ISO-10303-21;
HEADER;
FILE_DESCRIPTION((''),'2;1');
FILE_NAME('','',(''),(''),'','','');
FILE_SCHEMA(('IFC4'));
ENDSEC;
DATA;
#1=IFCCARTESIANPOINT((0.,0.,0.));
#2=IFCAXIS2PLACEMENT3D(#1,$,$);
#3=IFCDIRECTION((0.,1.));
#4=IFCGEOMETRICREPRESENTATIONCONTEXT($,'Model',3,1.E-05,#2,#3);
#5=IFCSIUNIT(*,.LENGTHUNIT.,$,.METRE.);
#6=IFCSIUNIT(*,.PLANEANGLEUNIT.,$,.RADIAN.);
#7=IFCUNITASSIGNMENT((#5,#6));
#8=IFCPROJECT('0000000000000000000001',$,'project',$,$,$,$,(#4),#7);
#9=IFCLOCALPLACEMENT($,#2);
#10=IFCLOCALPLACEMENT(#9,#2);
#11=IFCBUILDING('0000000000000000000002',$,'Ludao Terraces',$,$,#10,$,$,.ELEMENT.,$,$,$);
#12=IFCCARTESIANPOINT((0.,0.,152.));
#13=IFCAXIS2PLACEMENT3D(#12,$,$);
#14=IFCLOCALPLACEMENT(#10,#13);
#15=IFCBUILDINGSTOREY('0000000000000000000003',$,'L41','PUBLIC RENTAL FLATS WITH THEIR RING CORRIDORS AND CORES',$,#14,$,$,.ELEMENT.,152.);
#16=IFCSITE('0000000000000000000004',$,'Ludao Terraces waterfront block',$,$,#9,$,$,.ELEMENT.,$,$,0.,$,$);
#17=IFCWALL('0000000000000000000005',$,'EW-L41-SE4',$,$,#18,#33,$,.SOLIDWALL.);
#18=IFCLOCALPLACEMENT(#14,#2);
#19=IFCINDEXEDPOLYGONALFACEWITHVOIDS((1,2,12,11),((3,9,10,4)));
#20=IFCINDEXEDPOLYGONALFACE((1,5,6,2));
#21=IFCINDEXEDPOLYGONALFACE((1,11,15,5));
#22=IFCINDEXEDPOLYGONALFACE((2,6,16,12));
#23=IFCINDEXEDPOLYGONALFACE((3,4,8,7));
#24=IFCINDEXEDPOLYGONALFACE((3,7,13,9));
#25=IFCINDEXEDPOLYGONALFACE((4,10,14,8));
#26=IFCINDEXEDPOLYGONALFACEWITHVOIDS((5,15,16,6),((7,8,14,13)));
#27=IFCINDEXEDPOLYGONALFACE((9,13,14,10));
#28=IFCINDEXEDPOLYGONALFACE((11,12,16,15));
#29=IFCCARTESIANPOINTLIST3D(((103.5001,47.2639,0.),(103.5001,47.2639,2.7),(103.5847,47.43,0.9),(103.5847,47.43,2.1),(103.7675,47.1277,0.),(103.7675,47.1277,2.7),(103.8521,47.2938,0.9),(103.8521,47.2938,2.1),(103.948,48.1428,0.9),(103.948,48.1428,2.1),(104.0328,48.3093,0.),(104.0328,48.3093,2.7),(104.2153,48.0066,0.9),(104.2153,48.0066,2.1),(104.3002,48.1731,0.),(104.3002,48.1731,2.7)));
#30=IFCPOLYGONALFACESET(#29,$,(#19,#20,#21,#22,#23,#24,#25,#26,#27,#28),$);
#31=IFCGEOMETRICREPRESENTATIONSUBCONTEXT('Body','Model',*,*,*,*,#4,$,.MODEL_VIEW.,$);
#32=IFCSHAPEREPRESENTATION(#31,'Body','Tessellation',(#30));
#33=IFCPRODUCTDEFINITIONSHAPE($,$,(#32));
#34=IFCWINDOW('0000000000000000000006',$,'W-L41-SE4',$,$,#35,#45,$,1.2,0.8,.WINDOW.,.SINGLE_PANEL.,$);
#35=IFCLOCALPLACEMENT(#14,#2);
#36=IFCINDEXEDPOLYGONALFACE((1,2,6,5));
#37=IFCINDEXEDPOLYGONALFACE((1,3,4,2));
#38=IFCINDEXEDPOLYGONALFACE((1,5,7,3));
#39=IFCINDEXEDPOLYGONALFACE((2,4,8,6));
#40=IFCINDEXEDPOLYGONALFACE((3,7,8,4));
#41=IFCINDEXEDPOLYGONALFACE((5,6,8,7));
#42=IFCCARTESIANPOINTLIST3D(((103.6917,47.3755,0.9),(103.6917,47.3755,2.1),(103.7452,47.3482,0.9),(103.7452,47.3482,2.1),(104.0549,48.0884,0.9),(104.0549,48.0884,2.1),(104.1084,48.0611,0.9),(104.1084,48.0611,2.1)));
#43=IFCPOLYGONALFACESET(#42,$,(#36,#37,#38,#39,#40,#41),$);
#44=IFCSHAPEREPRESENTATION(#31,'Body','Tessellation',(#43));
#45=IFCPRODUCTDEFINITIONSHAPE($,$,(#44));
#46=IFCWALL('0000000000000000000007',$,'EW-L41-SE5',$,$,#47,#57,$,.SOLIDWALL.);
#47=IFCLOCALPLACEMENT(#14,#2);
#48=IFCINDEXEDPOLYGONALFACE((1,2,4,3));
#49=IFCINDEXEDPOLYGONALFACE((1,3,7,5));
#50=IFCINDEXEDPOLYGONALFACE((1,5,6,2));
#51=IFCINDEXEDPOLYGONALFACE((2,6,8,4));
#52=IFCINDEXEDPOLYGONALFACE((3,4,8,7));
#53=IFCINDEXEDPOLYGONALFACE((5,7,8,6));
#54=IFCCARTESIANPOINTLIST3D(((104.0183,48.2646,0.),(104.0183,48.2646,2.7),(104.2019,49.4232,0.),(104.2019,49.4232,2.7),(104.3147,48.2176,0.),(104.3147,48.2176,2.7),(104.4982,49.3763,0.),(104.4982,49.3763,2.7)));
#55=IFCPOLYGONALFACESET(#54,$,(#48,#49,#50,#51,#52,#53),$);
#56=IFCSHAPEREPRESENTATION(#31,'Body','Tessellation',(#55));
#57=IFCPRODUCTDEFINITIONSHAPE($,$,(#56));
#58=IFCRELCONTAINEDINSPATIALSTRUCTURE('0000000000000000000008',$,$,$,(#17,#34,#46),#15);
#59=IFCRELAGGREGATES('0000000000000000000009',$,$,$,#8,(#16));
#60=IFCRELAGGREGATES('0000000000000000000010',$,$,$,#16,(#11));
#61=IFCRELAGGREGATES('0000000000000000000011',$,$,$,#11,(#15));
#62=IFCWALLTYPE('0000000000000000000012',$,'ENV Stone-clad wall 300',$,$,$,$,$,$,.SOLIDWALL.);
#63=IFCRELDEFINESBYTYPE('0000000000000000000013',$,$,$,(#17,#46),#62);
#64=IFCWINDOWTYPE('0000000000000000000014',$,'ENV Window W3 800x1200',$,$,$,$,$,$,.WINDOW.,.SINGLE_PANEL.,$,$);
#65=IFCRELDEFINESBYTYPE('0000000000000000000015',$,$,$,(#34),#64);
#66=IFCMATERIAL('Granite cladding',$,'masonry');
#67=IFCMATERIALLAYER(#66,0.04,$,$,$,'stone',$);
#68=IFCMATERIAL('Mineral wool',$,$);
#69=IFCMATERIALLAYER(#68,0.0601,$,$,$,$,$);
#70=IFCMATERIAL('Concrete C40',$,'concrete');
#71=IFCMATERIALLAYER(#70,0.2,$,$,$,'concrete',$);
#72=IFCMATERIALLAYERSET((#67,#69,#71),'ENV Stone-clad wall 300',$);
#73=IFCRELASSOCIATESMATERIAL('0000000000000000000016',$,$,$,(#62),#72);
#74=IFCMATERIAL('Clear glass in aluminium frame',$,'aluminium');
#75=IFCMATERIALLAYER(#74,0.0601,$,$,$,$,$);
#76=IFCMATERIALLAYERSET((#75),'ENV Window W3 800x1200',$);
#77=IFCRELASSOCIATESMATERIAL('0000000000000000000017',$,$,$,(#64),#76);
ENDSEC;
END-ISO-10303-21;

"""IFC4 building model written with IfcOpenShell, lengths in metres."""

from ifc_helpers import new_model, si_unit, direction, frame, frame_2d, origin, place, context, subcontext, project, spatial, rectangle, extrude, material, layer, layer_set, type_object, element, fill, save


model = new_model("IFC4")

# Units and contexts
model_context = context("Model", 3, precision=1e-05, world=origin(), true_north=direction((0.0, 1.0)))
body_context = subcontext(model_context, "Body", "Model", "MODEL_VIEW")
ifc_project = project(units=[si_unit("LENGTHUNIT", "METRE"), si_unit("PLANEANGLEUNIT", "RADIAN")], contexts=[model_context])

# Site, building, storey
site_placement = place(None, origin())
site = spatial("IfcSite", under=ifc_project, at=site_placement, Name="Ludao Terraces waterfront block", CompositionType="ELEMENT", RefElevation=0.0)
building_placement = place(site_placement, origin())
building = spatial("IfcBuilding", under=site, at=building_placement, Name="Ludao Terraces", CompositionType="ELEMENT")
storey_placement = place(building_placement, frame((0.0, 0.0, 152.0)))
storey = spatial("IfcBuildingStorey", under=building, at=storey_placement, Name="L41", Description="PUBLIC RENTAL FLATS WITH THEIR RING CORRIDORS AND CORES", CompositionType="ELEMENT", Elevation=152.0)

# Shared definitions
ifc_material_1 = material(Name="Concrete C40", Category="concrete")

# Wall, opening, window
ifc_material_2 = material(Name="Granite cladding", Category="masonry")
ifc_layer_1 = layer(ifc_material_2, 0.04, Category="stone")
ifc_material_3 = material(Name="Mineral wool")
ifc_layer_2 = layer(ifc_material_3, 0.0601)
ifc_layer_3 = layer(ifc_material_1, 0.2, Category="concrete")
ifc_layer_set_1 = layer_set([ifc_layer_1, ifc_layer_2, ifc_layer_3], Name="ENV Stone-clad wall 300")
wall_type = type_object("IfcWallType", Name="ENV Stone-clad wall 300", PredefinedType="SOLIDWALL", material=ifc_layer_set_1)
ifc_material_4 = material(Name="Clear glass in aluminium frame", Category="aluminium")
ifc_layer_4 = layer(ifc_material_4, 0.0601)
ifc_layer_set_2 = layer_set([ifc_layer_4], Name="ENV Window W3 800x1200")
window_type_1 = type_object("IfcWindowType", Name="ENV Window W3 800x1200", PartitioningType="SINGLE_PANEL", PredefinedType="WINDOW", material=ifc_layer_set_2)
wall_1_placement = place(storey_placement, frame((103.6338, 47.1958, 0.0), z_axis=(0.0, 0.0, 1.0), x_axis=(0.454026, 0.890989, 0.0)))
wall_1 = element("IfcWall", 1, at=wall_1_placement, inside=storey, type_object=wall_type, Name="EW-L41-SE4", PredefinedType="SOLIDWALL", context=body_context, shape_type="SweptSolid", body=[
    extrude(rectangle(XDim=1.1733, YDim=0.3, at=frame_2d((0.5867, 0.0))), origin(), (0.0, 0.0, 1.0), 2.7),
])
opening_1_placement = place(wall_1_placement, frame((0.1865, 0.0, 0.8999)))
opening_1 = element("IfcOpeningElement", 2, at=opening_1_placement, cuts=wall_1, PredefinedType="OPENING", context=body_context, shape_type="SweptSolid", body=[
    extrude(rectangle(XDim=0.8, YDim=1.2, at=frame_2d((0.3999, 0.6001))), frame((0.0, 0.1602, 0.0), z_axis=(0.0, -1.0, 0.0), x_axis=(1.0, 0.0, 0.0)), (0.0, 0.0, 1.0), 0.3201),
])
window_1_placement = place(opening_1_placement, origin())
window_1 = element("IfcWindow", 3, at=window_1_placement, inside=storey, type_object=window_type_1, Name="W-L41-SE4", OverallHeight=1.2, OverallWidth=0.8, PartitioningType="SINGLE_PANEL", PredefinedType="WINDOW", context=body_context, shape_type="SweptSolid", body=[
    extrude(rectangle(XDim=0.8, YDim=1.2, at=frame_2d((0.3999, 0.6001))), frame((0.0, 0.03, 0.0), z_axis=(0.0, -1.0, 0.0), x_axis=(1.0, 0.0, 0.0)), (0.0, 0.0, 1.0), 0.0601),
])
fill(opening_1, window_1)

# Wall
wall_2_placement = place(storey_placement, frame((104.1665, 48.2412, 0.0), z_axis=(0.0, 0.0, 1.0), x_axis=(0.156497, 0.987678, 0.0)))
element("IfcWall", 4, at=wall_2_placement, inside=storey, type_object=wall_type, Name="EW-L41-SE5", PredefinedType="SOLIDWALL", context=body_context, shape_type="SweptSolid", body=[
    extrude(rectangle(XDim=1.1731, YDim=0.3, at=frame_2d((0.5864, 0.0))), origin(), (0.0, 0.0, 1.0), 2.7),
])

save(model, "model.ifc")
